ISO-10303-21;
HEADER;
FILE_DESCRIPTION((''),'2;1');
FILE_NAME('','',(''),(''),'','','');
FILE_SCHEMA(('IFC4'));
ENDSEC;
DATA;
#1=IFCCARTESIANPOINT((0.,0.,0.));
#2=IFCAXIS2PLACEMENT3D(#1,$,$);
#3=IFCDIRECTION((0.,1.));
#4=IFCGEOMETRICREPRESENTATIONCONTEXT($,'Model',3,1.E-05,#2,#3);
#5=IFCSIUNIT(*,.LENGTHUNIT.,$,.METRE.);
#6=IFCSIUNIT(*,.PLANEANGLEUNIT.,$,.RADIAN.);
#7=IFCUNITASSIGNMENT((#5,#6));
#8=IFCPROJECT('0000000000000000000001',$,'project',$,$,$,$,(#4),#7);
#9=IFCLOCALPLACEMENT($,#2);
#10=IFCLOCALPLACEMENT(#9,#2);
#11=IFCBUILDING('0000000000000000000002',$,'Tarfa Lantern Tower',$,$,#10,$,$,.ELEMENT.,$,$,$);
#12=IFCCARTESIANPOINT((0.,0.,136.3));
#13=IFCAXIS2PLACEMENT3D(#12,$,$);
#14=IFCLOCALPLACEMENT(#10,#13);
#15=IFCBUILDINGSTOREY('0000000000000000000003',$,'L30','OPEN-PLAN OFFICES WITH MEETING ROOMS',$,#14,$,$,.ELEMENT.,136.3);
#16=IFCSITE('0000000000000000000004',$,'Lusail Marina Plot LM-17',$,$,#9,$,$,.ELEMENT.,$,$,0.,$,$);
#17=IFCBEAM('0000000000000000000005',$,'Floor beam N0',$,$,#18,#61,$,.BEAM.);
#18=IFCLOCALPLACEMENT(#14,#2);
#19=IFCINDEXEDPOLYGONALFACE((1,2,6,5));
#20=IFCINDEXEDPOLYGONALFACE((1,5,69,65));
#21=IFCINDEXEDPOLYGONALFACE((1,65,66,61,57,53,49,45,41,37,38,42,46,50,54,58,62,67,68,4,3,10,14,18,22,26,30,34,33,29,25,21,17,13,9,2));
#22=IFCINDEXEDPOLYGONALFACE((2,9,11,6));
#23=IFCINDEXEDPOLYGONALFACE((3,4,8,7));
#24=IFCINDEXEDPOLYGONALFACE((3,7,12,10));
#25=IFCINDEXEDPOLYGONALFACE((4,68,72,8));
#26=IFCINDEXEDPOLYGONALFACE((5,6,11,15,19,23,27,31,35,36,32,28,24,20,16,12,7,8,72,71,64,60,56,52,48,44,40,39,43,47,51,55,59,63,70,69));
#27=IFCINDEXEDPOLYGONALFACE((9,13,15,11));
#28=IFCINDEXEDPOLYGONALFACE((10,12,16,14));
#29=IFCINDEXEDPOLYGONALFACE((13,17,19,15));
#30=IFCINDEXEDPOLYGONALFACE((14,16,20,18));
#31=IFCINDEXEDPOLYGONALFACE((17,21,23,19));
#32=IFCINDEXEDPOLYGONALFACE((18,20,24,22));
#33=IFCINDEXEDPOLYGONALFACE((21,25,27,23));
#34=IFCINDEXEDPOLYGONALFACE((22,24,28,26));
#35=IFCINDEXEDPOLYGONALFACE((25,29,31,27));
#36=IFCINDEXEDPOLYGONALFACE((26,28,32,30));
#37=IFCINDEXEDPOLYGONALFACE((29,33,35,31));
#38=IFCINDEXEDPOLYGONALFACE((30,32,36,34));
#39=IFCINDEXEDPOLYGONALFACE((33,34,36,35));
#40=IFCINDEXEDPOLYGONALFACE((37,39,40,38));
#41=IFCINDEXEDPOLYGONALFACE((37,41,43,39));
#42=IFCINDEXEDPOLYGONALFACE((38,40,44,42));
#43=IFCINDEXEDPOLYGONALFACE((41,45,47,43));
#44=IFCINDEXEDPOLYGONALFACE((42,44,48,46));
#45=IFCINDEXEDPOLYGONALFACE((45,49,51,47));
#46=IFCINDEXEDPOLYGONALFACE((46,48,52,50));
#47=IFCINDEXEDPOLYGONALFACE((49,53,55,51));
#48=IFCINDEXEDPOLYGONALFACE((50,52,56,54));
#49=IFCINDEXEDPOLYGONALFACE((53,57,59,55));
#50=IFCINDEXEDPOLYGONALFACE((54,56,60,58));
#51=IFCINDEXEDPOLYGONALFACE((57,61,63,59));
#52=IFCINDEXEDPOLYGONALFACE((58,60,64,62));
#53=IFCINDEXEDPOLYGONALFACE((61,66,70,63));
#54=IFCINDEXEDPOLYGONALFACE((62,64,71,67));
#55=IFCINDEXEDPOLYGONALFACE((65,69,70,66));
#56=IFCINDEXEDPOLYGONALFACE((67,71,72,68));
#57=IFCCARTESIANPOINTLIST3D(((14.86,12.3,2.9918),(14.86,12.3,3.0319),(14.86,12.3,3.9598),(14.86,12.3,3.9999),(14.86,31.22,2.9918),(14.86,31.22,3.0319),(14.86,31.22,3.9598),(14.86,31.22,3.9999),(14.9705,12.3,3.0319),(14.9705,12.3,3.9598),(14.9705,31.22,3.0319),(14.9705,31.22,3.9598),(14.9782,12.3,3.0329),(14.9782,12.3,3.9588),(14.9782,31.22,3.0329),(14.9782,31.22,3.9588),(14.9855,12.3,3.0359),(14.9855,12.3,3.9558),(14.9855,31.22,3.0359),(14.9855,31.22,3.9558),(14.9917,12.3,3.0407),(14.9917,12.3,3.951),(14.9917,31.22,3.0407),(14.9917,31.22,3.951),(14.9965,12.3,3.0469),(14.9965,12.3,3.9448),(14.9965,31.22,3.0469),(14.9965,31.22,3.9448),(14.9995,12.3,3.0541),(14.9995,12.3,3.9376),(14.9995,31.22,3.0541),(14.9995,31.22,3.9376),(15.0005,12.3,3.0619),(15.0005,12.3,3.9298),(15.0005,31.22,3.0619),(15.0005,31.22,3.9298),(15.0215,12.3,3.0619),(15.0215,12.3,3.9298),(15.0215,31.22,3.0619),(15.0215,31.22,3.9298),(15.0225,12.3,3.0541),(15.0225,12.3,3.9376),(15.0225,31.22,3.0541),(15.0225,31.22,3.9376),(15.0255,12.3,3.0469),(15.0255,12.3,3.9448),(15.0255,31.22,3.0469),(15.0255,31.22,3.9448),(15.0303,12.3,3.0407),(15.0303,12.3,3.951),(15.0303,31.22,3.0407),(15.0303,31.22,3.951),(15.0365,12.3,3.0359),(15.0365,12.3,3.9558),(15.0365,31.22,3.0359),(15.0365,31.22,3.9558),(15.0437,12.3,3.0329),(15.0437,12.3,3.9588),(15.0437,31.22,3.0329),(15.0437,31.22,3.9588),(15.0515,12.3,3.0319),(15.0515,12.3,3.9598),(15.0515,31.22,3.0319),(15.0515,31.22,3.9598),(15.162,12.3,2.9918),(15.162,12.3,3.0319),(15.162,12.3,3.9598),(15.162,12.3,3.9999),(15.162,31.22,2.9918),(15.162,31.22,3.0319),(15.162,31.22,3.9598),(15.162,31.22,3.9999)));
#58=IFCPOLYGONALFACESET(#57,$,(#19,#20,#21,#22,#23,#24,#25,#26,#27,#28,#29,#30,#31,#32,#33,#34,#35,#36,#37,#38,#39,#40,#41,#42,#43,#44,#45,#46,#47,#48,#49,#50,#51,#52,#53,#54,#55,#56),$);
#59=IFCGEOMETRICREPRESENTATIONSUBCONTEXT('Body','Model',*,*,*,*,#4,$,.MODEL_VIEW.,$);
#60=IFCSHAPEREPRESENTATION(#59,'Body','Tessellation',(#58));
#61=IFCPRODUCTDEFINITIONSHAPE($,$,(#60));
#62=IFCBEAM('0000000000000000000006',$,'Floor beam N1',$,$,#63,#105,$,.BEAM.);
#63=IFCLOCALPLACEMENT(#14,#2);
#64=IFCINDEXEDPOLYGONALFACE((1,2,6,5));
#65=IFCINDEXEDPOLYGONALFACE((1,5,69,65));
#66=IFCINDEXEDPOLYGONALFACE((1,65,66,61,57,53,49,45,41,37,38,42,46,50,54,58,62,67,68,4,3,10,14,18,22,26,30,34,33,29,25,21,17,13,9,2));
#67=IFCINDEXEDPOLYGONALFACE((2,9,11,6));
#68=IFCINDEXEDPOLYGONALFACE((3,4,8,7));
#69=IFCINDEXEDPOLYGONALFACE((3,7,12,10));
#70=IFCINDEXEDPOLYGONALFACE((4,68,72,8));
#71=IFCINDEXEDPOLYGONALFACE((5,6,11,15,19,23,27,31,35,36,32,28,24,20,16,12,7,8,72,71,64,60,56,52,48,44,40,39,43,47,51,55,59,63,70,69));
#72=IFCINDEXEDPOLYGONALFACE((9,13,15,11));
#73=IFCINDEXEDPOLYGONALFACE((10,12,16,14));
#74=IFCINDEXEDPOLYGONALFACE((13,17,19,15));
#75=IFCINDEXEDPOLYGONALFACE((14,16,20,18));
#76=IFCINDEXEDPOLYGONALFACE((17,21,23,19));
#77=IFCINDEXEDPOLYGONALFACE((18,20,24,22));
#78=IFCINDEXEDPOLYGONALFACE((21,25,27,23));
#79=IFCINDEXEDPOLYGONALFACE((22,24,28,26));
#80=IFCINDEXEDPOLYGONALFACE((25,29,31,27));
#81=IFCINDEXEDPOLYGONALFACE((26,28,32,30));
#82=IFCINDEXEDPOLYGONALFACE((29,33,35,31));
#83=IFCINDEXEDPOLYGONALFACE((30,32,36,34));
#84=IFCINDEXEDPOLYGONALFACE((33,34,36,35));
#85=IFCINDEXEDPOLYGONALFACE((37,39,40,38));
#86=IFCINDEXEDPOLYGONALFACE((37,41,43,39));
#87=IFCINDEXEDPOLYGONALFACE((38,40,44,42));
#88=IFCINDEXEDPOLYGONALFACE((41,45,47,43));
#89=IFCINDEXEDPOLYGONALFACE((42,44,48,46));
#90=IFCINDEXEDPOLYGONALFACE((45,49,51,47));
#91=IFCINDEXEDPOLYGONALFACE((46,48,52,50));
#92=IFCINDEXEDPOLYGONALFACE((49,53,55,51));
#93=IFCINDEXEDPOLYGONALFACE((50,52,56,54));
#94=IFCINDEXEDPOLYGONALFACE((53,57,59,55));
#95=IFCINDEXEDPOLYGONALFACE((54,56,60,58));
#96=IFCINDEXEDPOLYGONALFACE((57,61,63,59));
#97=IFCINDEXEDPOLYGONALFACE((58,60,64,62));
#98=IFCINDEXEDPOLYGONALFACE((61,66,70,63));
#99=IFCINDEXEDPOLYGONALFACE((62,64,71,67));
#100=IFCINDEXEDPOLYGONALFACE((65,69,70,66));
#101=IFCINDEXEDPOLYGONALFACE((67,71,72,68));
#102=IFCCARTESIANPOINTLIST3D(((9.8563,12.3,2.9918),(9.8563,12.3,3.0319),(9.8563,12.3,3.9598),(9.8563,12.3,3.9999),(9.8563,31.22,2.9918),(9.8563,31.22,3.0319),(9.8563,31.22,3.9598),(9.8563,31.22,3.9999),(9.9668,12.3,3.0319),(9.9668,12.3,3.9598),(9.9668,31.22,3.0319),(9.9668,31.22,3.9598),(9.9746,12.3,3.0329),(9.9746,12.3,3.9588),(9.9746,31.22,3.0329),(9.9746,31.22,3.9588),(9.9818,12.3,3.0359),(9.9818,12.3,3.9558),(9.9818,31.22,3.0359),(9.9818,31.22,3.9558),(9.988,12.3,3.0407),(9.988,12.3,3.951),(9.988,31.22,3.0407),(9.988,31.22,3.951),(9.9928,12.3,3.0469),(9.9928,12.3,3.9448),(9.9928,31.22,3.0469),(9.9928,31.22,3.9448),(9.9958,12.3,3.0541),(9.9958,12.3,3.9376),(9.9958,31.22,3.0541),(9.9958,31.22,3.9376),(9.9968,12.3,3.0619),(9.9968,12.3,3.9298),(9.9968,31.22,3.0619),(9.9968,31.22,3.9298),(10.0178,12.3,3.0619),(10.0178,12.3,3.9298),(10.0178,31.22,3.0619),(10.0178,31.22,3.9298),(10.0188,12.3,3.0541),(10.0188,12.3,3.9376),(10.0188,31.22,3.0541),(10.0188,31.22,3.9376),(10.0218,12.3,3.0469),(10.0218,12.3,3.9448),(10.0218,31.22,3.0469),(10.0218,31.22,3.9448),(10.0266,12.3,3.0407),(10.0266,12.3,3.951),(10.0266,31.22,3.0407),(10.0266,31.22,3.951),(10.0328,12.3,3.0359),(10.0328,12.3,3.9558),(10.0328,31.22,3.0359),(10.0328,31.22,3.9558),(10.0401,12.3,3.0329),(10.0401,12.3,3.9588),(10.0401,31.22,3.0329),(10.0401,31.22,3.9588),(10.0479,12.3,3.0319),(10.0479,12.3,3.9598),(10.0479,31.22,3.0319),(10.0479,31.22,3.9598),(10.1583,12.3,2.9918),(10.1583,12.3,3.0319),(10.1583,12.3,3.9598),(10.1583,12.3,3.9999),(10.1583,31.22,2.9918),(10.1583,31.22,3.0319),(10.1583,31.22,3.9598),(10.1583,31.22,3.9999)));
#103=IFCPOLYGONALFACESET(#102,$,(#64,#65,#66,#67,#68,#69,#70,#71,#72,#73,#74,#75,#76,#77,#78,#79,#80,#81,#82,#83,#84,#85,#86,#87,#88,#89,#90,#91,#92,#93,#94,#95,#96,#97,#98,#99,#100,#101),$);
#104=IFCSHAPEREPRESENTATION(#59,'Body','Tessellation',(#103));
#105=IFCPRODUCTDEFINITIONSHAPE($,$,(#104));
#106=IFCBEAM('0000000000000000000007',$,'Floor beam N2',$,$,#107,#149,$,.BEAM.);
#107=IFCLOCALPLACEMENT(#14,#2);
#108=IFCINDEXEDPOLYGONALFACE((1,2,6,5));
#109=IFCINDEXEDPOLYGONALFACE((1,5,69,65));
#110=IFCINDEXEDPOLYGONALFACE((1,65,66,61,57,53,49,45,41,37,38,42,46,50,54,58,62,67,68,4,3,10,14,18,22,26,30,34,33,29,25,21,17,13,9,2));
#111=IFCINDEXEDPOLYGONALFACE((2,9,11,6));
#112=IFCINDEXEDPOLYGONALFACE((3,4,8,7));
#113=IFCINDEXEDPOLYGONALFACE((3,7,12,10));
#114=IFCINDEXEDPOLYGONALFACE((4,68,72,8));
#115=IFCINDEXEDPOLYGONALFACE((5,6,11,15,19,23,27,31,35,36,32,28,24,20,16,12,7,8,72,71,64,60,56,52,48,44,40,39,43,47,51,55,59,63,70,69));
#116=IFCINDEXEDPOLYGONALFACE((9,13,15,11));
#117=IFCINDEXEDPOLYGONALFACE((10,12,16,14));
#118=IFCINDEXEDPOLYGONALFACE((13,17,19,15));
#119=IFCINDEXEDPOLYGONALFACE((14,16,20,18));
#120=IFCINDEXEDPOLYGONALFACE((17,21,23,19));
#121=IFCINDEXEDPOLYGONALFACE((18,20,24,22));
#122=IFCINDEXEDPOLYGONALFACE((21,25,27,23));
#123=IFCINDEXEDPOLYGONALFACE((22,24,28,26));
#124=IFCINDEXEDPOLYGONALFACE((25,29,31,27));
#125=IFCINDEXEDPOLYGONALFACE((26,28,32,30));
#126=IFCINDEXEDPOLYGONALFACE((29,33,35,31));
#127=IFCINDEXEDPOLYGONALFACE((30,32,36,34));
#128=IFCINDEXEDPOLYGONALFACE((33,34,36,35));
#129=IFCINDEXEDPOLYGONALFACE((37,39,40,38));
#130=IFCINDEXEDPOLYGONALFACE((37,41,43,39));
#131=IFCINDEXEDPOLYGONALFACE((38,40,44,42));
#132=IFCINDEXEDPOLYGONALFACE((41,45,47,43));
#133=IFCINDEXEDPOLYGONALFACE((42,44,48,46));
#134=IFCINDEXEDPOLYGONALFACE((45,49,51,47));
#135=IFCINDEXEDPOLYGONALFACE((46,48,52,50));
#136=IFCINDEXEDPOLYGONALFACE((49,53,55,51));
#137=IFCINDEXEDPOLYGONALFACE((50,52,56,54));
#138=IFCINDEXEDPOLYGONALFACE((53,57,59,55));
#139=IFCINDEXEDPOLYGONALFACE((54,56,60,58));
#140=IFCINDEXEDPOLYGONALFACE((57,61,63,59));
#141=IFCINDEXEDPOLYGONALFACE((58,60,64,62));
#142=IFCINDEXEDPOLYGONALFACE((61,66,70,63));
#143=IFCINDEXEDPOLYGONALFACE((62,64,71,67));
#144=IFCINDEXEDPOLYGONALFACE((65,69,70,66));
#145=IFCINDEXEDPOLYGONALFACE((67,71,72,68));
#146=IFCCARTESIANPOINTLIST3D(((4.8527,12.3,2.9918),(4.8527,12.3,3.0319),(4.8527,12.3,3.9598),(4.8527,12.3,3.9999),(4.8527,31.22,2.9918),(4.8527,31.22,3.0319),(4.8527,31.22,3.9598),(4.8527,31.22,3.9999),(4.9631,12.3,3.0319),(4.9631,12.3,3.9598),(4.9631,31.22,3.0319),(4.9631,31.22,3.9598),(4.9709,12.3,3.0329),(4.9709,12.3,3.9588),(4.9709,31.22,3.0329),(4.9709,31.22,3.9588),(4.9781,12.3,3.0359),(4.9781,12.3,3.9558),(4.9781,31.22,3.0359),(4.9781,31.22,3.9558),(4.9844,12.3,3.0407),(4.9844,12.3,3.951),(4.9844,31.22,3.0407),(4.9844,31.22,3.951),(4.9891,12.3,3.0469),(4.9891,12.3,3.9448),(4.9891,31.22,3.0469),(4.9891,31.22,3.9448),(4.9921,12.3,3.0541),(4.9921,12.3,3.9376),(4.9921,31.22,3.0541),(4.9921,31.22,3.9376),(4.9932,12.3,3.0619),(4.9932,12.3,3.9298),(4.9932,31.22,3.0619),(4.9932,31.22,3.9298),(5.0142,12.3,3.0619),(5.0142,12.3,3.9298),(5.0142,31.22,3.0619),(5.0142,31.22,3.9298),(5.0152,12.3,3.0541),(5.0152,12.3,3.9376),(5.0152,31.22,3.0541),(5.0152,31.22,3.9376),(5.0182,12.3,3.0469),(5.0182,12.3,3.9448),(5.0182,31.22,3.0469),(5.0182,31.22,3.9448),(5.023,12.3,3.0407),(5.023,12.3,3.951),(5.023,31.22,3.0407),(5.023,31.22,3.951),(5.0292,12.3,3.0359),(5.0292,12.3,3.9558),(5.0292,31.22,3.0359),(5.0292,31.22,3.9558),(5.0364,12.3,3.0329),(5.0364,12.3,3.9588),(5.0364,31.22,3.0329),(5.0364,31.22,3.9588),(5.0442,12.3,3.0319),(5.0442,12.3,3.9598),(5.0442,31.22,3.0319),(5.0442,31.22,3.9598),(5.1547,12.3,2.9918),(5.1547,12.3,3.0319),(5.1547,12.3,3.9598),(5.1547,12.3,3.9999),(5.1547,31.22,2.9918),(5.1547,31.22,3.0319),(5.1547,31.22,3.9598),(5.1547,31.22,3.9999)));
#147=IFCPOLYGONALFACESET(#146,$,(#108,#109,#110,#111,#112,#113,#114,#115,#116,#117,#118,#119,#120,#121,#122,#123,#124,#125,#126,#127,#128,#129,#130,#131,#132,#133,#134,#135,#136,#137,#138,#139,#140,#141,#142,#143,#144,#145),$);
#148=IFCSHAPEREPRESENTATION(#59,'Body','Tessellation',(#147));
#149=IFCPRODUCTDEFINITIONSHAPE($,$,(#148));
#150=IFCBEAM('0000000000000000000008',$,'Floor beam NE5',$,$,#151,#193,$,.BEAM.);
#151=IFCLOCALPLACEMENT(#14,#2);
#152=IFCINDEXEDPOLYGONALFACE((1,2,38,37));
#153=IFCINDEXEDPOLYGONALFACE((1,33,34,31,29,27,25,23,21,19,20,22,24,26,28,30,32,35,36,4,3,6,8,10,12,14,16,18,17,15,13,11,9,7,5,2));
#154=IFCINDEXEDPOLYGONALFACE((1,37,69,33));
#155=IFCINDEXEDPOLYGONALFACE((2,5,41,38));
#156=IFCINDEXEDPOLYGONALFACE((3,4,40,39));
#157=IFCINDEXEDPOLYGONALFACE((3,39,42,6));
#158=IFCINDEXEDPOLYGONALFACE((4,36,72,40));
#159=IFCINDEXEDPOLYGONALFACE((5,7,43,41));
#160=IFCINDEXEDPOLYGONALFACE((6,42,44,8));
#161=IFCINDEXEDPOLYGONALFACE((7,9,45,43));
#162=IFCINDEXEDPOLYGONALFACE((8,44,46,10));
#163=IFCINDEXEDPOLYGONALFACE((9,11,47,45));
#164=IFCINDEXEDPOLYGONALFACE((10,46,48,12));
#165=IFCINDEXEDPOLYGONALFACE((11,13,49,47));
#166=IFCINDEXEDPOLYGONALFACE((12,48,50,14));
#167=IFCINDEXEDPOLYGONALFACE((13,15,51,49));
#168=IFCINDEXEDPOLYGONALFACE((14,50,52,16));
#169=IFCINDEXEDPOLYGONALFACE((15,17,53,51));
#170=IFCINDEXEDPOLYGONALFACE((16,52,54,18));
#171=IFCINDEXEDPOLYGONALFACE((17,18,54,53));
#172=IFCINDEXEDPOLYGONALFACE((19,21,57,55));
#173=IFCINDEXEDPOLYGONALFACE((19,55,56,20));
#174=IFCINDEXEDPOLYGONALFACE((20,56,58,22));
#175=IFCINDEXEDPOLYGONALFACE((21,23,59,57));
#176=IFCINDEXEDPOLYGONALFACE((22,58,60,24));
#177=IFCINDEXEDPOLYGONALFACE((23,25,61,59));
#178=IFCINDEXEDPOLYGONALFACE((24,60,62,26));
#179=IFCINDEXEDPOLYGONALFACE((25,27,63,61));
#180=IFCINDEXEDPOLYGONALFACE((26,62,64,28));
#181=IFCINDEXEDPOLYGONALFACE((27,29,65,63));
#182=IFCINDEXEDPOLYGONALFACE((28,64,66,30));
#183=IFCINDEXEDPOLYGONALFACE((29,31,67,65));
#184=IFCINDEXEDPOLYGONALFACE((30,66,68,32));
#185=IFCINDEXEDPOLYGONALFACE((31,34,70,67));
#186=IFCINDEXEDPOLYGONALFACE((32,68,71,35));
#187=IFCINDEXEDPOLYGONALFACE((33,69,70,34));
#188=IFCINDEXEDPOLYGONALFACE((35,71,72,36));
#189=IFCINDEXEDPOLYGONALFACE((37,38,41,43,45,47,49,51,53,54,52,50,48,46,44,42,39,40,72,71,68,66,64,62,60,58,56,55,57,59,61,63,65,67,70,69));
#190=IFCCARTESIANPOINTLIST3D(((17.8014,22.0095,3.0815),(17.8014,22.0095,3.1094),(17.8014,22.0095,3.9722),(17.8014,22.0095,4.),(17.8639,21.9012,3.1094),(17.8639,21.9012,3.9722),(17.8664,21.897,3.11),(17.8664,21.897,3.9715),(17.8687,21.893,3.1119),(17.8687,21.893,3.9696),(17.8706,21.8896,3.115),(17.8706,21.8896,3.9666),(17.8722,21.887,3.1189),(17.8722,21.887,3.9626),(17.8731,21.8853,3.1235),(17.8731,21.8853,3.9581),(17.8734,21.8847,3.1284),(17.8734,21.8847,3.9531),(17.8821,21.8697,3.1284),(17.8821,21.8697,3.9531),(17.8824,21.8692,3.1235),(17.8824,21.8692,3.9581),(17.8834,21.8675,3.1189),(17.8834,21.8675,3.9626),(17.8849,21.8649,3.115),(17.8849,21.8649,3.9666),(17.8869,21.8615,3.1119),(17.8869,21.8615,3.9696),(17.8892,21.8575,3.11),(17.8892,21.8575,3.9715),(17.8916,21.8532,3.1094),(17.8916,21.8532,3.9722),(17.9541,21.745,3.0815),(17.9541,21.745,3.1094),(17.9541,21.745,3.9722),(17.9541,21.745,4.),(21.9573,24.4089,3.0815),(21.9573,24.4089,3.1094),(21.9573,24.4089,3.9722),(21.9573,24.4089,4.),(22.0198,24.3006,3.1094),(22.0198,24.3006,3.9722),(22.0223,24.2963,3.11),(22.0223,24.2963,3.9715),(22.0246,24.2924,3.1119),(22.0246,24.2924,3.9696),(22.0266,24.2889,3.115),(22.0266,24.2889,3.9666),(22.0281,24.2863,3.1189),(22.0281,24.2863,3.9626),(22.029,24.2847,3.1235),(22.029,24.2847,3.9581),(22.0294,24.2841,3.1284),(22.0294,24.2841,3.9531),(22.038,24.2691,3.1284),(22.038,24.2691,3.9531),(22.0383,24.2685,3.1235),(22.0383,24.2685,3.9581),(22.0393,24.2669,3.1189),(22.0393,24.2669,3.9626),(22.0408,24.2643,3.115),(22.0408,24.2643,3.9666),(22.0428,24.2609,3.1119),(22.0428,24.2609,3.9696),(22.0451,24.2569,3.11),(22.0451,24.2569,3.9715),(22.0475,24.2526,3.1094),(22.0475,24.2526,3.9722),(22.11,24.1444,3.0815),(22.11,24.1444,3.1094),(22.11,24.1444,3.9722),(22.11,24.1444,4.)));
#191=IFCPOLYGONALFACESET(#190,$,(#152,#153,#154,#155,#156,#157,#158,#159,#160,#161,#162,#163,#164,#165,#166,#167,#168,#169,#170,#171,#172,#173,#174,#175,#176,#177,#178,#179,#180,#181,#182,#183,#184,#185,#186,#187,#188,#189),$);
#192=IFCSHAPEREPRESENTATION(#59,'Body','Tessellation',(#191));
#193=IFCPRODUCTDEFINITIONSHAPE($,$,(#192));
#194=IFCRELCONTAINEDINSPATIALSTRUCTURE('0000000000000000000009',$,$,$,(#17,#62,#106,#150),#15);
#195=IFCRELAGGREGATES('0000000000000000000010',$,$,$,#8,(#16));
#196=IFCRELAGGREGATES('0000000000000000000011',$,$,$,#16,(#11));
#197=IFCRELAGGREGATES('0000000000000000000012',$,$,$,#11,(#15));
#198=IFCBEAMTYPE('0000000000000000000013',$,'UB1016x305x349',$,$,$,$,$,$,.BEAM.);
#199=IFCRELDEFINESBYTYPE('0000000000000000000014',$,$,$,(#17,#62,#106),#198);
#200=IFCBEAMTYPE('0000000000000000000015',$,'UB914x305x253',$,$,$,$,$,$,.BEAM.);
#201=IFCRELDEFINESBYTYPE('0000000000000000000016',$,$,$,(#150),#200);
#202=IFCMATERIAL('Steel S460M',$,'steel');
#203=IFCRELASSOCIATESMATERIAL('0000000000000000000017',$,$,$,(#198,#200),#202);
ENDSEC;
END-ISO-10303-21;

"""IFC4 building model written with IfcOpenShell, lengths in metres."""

from ifc_helpers import new_model, si_unit, direction, frame, origin, origin_2d, place, context, subcontext, project, spatial, i_section, extrude, material, material_profile, profile_set, type_object, element, save


model = new_model("IFC4")

# Units and contexts
model_context = context("Model", 3, precision=1e-05, world=origin(), true_north=direction((0.0, 1.0)))
body_context = subcontext(model_context, "Body", "Model", "MODEL_VIEW")
ifc_project = project(units=[si_unit("LENGTHUNIT", "METRE"), si_unit("PLANEANGLEUNIT", "RADIAN")], contexts=[model_context])

# Site, building, storey
site_placement = place(None, origin())
site = spatial("IfcSite", under=ifc_project, at=site_placement, Name="Lusail Marina Plot LM-17", CompositionType="ELEMENT", RefElevation=0.0)
building_placement = place(site_placement, origin())
building = spatial("IfcBuilding", under=site, at=building_placement, Name="Tarfa Lantern Tower", CompositionType="ELEMENT")
storey_placement = place(building_placement, frame((0.0, 0.0, 136.3)))
storey = spatial("IfcBuildingStorey", under=building, at=storey_placement, Name="L30", Description="OPEN-PLAN OFFICES WITH MEETING ROOMS", CompositionType="ELEMENT", Elevation=136.3)

# Beams
ifc_material_1 = material(Name="Steel S460M", Category="steel")
ifc_material_profile_1 = material_profile(ifc_material_1, i_section(OverallWidth=0.302, OverallDepth=1.0081, WebThickness=0.021, FlangeThickness=0.04, FilletRadius=0.03, at=origin_2d()), Name="UB1016x305x349")
ifc_profile_set_1 = profile_set([ifc_material_profile_1], Name="Steel S460M")
beam_type_1 = type_object("IfcBeamType", Name="UB1016x305x349", PredefinedType="BEAM", material=ifc_profile_set_1)
for number, where, z_axis, x_axis, name in (
    (1, (15.011, 31.22, 3.4958), (0.0, -1.0, 0.0), (1.0, 0.0, 0.0), "Floor beam N0"),
    (2, (10.0073, 31.22, 3.4958), (0.0, -1.0, 0.0), (1.0, 0.0, 0.0), "Floor beam N1"),
    (3, (5.0037, 31.22, 3.4958), (0.0, -1.0, 0.0), (1.0, 0.0, 0.0), "Floor beam N2"),
):
    element("IfcBeam", number, at=place(storey_placement, frame(where, z_axis=z_axis, x_axis=x_axis)), inside=storey, type_object=beam_type_1, Name=name, PredefinedType="BEAM", context=body_context, shape_type="SweptSolid", body=[
        extrude(i_section(OverallWidth=0.302, OverallDepth=1.0081, WebThickness=0.021, FlangeThickness=0.04, FilletRadius=0.03, at=origin_2d()), origin(), (0.0, 0.0, 1.0), 18.9199),
    ])
ifc_material_profile_2 = material_profile(ifc_material_1, i_section(OverallWidth=0.3054, OverallDepth=0.9185, WebThickness=0.0173, FlangeThickness=0.0278, FilletRadius=0.019, at=origin_2d()), Name="UB914x305x253")
ifc_profile_set_2 = profile_set([ifc_material_profile_2], Name="Steel S460M")
beam_type_2 = type_object("IfcBeamType", Name="UB914x305x253", PredefinedType="BEAM", material=ifc_profile_set_2)
beam_1_placement = place(storey_placement, frame((22.0337, 24.2766, 3.5408), z_axis=(-0.866031, -0.499991, 0.0), x_axis=(0.499991, -0.866031, 0.0)))
element("IfcBeam", 4, at=beam_1_placement, inside=storey, type_object=beam_type_2, Name="Floor beam NE5", PredefinedType="BEAM", context=body_context, shape_type="SweptSolid", body=[
    extrude(i_section(OverallWidth=0.3054, OverallDepth=0.9185, WebThickness=0.0173, FlangeThickness=0.0278, FilletRadius=0.019, at=origin_2d()), origin(), (0.0, 0.0, 1.0), 4.7988),
])

save(model, "model.ifc")
